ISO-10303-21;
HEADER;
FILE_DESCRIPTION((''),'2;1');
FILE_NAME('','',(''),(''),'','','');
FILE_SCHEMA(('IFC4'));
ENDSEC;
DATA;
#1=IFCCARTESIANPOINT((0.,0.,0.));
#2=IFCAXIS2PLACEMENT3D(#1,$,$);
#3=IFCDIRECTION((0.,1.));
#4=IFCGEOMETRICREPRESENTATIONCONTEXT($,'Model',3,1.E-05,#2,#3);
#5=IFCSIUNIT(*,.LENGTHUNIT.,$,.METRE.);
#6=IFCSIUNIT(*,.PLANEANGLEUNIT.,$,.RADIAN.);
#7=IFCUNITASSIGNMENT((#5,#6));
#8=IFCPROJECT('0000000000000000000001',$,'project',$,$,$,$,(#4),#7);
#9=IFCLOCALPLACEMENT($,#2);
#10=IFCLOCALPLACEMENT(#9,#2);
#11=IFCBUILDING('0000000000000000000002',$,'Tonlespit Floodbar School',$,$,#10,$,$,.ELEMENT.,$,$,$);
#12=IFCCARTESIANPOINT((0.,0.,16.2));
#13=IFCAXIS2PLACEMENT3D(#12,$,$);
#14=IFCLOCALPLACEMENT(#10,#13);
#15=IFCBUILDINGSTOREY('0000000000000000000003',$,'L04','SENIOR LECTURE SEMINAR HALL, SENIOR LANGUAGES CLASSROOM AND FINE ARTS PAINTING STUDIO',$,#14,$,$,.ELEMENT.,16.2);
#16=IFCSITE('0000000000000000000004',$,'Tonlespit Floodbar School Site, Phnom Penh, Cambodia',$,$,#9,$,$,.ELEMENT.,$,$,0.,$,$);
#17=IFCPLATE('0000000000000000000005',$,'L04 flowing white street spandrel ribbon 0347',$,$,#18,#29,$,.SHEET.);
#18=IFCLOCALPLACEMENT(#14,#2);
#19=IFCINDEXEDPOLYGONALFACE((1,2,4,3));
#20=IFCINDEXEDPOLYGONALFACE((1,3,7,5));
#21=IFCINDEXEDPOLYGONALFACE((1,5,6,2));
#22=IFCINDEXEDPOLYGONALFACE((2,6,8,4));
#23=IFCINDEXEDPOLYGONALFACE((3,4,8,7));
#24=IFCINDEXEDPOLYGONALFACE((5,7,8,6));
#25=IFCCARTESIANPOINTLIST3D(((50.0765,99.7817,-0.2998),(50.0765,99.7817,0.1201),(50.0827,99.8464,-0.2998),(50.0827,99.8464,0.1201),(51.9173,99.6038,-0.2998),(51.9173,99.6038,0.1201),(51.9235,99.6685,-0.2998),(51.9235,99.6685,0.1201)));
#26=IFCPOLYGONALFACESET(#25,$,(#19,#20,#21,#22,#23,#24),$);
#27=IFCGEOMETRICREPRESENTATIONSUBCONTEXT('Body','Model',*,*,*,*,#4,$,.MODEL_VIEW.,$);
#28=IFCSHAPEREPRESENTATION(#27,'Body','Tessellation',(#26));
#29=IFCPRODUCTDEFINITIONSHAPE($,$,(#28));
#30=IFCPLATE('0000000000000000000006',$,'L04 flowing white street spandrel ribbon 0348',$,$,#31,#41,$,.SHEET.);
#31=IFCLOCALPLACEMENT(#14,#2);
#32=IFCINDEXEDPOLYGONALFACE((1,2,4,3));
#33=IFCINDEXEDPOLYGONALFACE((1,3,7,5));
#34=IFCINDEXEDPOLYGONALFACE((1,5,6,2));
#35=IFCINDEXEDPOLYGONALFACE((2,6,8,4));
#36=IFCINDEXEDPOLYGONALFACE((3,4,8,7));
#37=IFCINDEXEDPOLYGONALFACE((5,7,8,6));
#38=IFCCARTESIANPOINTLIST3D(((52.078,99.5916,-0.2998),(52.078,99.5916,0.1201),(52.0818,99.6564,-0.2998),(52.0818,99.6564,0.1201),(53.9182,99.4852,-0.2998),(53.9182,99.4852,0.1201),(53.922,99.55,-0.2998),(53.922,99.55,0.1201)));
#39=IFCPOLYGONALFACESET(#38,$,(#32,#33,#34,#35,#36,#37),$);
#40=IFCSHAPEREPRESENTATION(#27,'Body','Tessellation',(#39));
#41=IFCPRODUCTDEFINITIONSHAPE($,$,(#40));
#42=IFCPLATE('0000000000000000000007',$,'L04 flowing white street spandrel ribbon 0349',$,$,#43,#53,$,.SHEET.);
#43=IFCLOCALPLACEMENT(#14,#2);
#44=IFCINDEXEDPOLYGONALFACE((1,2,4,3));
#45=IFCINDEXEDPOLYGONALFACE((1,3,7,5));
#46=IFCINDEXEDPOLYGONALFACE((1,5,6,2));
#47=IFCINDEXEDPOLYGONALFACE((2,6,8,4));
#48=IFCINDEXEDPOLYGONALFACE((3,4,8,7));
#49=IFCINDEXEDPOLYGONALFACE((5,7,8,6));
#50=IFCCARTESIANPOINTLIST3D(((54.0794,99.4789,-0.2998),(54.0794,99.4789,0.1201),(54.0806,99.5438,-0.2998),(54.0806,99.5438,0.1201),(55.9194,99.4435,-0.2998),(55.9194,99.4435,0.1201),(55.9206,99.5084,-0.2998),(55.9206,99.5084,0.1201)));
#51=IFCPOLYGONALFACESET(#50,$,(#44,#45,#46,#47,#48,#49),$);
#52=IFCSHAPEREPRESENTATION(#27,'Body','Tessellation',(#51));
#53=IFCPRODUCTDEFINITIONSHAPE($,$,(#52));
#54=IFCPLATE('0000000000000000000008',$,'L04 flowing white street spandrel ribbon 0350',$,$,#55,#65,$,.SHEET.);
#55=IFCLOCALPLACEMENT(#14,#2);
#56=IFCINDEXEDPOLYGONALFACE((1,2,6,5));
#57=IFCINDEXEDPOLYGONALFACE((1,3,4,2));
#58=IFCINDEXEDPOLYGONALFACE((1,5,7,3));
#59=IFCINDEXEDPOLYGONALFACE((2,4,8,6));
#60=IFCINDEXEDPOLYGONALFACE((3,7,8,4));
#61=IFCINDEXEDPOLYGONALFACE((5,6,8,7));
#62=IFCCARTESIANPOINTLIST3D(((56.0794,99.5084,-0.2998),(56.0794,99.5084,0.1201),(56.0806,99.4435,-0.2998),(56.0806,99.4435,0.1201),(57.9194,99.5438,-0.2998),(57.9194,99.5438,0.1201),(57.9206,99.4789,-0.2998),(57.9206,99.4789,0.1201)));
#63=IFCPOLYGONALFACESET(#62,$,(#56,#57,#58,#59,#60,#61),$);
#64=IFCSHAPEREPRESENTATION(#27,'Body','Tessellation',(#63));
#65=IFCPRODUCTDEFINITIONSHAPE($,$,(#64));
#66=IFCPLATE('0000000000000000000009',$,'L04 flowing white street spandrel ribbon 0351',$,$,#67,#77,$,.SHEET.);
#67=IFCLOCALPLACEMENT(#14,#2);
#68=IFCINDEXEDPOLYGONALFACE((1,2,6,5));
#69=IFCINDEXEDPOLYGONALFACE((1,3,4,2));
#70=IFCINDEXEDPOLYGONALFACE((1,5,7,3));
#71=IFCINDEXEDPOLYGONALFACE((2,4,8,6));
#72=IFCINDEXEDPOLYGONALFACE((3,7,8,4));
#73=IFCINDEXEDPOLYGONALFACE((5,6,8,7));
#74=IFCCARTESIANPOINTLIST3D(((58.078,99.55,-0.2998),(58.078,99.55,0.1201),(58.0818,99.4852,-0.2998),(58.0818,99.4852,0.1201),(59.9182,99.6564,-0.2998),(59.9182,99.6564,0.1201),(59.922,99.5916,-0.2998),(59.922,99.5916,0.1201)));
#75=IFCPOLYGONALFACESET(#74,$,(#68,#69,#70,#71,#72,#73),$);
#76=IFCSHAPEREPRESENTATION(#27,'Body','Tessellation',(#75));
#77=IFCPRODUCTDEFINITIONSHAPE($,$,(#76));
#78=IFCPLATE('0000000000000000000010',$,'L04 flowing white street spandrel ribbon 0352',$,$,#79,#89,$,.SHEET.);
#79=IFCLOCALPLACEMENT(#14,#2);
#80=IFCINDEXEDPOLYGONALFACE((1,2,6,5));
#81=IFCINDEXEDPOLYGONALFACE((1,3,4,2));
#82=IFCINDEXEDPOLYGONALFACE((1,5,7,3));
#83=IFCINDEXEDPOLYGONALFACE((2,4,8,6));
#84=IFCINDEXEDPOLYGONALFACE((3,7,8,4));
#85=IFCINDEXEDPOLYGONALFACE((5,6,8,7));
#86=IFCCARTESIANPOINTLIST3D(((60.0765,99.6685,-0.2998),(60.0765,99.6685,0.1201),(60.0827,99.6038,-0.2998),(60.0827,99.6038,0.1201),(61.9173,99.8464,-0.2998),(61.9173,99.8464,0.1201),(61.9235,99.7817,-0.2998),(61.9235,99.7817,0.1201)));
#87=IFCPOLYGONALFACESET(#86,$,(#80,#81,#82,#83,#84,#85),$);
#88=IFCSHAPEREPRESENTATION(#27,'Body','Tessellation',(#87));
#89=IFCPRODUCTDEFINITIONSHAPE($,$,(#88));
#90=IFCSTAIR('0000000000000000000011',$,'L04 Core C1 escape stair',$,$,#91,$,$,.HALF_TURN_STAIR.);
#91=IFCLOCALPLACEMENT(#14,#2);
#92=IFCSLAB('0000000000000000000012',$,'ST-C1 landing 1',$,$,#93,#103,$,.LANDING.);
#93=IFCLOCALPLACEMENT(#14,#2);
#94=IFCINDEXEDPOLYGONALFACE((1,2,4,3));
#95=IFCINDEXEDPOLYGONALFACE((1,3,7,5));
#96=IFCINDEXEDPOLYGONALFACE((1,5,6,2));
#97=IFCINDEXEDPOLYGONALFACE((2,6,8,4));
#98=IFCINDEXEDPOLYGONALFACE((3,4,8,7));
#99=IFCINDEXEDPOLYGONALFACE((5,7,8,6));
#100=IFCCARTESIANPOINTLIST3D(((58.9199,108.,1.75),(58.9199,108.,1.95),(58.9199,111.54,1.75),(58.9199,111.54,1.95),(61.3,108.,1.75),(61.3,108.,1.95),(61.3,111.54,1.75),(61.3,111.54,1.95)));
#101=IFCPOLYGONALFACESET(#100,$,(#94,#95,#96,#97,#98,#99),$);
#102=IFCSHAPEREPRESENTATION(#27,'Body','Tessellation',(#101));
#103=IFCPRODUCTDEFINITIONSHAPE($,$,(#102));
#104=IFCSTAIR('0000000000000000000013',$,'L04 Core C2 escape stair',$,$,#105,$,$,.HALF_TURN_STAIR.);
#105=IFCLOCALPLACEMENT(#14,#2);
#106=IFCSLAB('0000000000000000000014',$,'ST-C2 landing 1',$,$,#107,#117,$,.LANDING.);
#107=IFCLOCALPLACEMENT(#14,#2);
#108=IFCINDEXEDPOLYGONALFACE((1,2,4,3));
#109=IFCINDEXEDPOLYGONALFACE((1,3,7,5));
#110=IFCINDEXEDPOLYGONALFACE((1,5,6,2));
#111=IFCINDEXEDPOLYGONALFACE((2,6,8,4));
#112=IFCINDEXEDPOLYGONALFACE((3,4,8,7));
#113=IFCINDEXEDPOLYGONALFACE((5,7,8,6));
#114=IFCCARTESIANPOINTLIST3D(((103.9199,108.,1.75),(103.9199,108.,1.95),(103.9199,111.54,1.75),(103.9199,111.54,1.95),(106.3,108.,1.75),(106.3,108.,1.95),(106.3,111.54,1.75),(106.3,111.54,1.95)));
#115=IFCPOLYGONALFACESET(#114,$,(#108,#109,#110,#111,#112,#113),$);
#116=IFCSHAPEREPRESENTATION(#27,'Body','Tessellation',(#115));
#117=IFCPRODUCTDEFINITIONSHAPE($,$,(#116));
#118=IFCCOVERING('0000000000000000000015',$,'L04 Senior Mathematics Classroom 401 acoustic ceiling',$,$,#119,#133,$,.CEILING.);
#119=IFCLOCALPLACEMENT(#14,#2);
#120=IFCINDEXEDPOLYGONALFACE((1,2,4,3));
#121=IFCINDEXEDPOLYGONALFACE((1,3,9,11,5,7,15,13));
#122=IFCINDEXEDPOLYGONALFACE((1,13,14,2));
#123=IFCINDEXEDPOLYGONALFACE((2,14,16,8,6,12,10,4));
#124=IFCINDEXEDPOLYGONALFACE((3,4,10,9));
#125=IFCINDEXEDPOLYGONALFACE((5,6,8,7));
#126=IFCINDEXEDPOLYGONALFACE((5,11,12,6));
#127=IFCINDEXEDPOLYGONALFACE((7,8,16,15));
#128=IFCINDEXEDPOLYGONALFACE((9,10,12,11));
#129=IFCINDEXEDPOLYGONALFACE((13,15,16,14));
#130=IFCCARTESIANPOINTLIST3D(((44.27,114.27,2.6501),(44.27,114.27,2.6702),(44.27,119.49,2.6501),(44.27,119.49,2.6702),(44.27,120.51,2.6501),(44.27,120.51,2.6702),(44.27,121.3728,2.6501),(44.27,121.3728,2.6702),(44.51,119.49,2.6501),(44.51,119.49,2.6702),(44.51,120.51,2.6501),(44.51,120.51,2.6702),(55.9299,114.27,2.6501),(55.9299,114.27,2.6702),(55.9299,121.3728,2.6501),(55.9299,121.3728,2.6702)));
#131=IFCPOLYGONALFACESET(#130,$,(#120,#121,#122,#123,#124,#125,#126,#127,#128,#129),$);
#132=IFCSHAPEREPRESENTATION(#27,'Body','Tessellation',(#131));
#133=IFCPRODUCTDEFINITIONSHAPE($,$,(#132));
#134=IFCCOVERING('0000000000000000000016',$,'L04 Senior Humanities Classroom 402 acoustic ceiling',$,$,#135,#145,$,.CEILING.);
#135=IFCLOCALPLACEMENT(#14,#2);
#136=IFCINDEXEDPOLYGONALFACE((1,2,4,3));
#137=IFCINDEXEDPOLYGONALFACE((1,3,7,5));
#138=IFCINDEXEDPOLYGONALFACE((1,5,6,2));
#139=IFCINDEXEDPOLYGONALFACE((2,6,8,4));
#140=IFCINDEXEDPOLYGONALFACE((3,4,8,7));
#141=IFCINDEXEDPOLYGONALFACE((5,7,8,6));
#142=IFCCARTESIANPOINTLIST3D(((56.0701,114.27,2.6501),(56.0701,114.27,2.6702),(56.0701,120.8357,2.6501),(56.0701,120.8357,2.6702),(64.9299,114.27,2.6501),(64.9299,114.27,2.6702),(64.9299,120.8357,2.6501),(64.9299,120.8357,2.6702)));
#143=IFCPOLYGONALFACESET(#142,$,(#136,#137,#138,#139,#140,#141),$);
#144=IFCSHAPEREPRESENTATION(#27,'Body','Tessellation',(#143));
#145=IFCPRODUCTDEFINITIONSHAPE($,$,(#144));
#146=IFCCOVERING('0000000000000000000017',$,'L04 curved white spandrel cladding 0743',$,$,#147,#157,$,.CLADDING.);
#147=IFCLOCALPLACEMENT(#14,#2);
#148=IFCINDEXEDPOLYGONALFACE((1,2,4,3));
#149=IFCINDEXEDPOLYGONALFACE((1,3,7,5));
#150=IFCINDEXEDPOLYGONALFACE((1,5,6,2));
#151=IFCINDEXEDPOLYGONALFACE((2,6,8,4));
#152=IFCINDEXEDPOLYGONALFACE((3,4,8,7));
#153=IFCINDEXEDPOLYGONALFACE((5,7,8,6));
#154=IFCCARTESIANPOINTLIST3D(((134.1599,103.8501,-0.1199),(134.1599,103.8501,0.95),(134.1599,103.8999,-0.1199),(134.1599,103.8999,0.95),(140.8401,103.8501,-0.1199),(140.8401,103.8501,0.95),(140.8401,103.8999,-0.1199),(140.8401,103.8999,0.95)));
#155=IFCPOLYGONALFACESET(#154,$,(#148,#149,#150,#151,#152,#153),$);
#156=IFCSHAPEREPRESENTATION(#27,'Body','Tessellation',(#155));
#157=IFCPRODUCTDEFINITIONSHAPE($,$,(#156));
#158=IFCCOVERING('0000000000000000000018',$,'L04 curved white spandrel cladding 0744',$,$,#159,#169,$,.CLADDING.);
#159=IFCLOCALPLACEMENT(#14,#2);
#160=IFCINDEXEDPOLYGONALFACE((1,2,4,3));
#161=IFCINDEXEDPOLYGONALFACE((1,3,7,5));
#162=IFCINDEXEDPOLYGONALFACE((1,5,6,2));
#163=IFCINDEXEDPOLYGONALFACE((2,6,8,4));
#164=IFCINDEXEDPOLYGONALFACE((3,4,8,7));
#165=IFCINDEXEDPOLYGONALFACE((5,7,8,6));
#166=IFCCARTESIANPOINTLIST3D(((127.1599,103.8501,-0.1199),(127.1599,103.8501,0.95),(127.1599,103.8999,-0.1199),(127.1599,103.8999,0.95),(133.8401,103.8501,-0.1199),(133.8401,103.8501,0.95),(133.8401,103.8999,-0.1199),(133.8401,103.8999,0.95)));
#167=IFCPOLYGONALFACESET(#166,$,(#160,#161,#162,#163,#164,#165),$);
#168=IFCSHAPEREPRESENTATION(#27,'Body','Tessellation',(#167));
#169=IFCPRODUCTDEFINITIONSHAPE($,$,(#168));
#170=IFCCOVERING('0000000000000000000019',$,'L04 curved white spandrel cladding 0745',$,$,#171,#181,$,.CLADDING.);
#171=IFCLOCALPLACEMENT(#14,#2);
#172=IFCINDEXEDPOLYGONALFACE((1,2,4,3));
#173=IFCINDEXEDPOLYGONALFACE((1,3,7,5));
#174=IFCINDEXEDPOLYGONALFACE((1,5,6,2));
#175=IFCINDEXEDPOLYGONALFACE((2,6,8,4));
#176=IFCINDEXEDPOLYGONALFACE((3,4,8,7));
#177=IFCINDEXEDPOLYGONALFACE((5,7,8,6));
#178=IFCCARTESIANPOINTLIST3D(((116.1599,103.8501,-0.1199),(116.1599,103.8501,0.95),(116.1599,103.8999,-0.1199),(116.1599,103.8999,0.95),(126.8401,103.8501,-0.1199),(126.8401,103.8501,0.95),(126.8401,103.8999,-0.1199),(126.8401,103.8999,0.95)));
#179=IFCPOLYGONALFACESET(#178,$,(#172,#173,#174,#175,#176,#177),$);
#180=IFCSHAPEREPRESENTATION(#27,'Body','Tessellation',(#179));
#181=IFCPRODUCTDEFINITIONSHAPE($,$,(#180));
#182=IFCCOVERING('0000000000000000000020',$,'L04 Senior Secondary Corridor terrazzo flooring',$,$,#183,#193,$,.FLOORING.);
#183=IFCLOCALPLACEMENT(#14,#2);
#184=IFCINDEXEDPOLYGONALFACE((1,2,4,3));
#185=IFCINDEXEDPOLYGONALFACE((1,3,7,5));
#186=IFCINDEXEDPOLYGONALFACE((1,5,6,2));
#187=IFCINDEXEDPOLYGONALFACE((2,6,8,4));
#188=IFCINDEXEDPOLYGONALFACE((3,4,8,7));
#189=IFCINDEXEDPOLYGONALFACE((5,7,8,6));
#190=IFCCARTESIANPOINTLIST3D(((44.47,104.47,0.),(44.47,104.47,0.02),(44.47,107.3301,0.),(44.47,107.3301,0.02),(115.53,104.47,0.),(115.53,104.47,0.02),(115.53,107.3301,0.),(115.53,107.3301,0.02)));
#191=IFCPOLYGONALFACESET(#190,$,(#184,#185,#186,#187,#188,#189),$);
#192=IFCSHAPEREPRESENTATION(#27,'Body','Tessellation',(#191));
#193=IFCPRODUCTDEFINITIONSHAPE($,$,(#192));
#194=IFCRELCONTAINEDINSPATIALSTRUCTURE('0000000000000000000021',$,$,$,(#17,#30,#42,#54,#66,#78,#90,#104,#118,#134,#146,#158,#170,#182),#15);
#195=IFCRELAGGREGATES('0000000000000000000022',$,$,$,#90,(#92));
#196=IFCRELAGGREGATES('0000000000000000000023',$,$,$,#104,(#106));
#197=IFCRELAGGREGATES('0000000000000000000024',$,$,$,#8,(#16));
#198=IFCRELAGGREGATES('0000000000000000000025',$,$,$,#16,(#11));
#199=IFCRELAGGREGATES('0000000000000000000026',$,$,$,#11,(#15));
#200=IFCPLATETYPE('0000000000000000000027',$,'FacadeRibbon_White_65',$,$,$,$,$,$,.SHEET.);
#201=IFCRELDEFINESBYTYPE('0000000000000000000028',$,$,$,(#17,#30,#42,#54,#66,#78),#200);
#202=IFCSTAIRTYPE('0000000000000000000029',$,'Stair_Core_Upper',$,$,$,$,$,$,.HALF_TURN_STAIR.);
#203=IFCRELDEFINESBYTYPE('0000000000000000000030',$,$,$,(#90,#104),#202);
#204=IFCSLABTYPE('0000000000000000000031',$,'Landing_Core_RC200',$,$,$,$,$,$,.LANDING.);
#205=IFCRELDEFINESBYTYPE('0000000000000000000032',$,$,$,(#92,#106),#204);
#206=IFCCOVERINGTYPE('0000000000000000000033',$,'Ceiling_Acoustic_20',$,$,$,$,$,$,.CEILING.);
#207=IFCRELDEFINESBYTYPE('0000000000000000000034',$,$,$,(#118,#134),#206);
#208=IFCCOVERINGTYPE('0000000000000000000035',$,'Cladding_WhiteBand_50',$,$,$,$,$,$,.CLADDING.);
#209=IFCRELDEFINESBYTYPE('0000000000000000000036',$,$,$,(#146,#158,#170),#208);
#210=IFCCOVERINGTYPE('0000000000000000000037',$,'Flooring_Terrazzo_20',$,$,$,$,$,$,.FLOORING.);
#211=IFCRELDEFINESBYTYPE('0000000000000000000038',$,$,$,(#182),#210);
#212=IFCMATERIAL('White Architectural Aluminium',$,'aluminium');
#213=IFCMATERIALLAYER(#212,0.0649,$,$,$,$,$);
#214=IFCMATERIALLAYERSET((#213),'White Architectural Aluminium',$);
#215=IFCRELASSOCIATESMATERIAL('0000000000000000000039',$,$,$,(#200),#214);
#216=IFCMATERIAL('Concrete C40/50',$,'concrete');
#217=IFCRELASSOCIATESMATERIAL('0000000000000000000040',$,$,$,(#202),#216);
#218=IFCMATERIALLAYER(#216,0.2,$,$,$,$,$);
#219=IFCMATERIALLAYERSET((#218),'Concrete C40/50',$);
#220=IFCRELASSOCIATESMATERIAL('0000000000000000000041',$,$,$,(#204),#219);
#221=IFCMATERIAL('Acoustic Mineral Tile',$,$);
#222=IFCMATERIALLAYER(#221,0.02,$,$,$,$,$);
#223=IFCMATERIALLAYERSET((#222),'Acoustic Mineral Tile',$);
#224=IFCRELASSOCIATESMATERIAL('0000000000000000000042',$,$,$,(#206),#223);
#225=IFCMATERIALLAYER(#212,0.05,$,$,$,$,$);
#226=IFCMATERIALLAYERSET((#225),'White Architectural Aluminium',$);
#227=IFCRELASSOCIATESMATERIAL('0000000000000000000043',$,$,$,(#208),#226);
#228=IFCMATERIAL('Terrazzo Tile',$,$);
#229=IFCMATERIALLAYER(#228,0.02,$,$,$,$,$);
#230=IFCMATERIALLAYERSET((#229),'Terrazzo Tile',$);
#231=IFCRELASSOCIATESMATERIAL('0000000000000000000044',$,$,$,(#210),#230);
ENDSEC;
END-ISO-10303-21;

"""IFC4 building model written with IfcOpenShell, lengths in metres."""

from ifc_helpers import new_model, si_unit, direction, frame, origin, origin_2d, place, context, subcontext, project, spatial, polyline, rectangle, outline, extrude, material, layer, layer_set, type_object, element, aggregate, save


model = new_model("IFC4")

# Units and contexts
model_context = context("Model", 3, precision=1e-05, world=origin(), true_north=direction((0.0, 1.0)))
body_context = subcontext(model_context, "Body", "Model", "MODEL_VIEW")
ifc_project = project(units=[si_unit("LENGTHUNIT", "METRE"), si_unit("PLANEANGLEUNIT", "RADIAN")], contexts=[model_context])

# Site, building, storey
site_placement = place(None, origin())
site = spatial("IfcSite", under=ifc_project, at=site_placement, Name="Tonlespit Floodbar School Site, Phnom Penh, Cambodia", CompositionType="ELEMENT", RefElevation=0.0)
building_placement = place(site_placement, origin())
building = spatial("IfcBuilding", under=site, at=building_placement, Name="Tonlespit Floodbar School", CompositionType="ELEMENT")
storey_placement = place(building_placement, frame((0.0, 0.0, 16.2)))
storey = spatial("IfcBuildingStorey", under=building, at=storey_placement, Name="L04", Description="SENIOR LECTURE SEMINAR HALL, SENIOR LANGUAGES CLASSROOM AND FINE ARTS PAINTING STUDIO", CompositionType="ELEMENT", Elevation=16.2)

# Plates
ifc_material_1 = material(Name="White Architectural Aluminium", Category="aluminium")
ifc_layer_1 = layer(ifc_material_1, 0.0649)
ifc_layer_set_1 = layer_set([ifc_layer_1], Name="White Architectural Aluminium")
plate_type = type_object("IfcPlateType", Name="FacadeRibbon_White_65", PredefinedType="SHEET", material=ifc_layer_set_1)
plate_1_placement = place(storey_placement, frame((51.0, 99.7251, -0.2998), z_axis=(0.0, 0.0, 1.0), x_axis=(0.995362, -0.096202, 0.0)))
element("IfcPlate", 1, at=plate_1_placement, inside=storey, type_object=plate_type, Name="L04 flowing white street spandrel ribbon 0347", PredefinedType="SHEET", context=body_context, shape_type="SweptSolid", body=[
    extrude(rectangle(XDim=1.8494, YDim=0.0649, at=origin_2d()), origin(), (0.0, 0.0, 1.0), 0.4199),
])
plate_2_placement = place(storey_placement, frame((53.0, 99.5708, -0.2998), z_axis=(0.0, 0.0, 1.0), x_axis=(0.998334, -0.057703, 0.0)))
element("IfcPlate", 2, at=plate_2_placement, inside=storey, type_object=plate_type, Name="L04 flowing white street spandrel ribbon 0348", PredefinedType="SHEET", context=body_context, shape_type="SweptSolid", body=[
    extrude(rectangle(XDim=1.8433, YDim=0.0649, at=origin_2d()), origin(), (0.0, 0.0, 1.0), 0.4199),
])
for number, where, z_axis, x_axis, name in (
    (3, (55.0, 99.4937, -0.2998), (0.0, 0.0, 1.0), (0.999815, -0.019246, 0.0), "L04 flowing white street spandrel ribbon 0349"),
    (4, (57.0, 99.4937, -0.2998), (0.0, 0.0, 1.0), (0.999815, 0.019246, 0.0), "L04 flowing white street spandrel ribbon 0350"),
):
    element("IfcPlate", number, at=place(storey_placement, frame(where, z_axis=z_axis, x_axis=x_axis)), inside=storey, type_object=plate_type, Name=name, PredefinedType="SHEET", context=body_context, shape_type="SweptSolid", body=[
        extrude(rectangle(XDim=1.8403, YDim=0.0649, at=origin_2d()), origin(), (0.0, 0.0, 1.0), 0.4199),
    ])
plate_3_placement = place(storey_placement, frame((59.0, 99.5708, -0.2998), z_axis=(0.0, 0.0, 1.0), x_axis=(0.998334, 0.057703, 0.0)))
element("IfcPlate", 5, at=plate_3_placement, inside=storey, type_object=plate_type, Name="L04 flowing white street spandrel ribbon 0351", PredefinedType="SHEET", context=body_context, shape_type="SweptSolid", body=[
    extrude(rectangle(XDim=1.8433, YDim=0.0649, at=origin_2d()), origin(), (0.0, 0.0, 1.0), 0.4199),
])
plate_4_placement = place(storey_placement, frame((61.0, 99.7251, -0.2998), z_axis=(0.0, 0.0, 1.0), x_axis=(0.995362, 0.096202, 0.0)))
element("IfcPlate", 6, at=plate_4_placement, inside=storey, type_object=plate_type, Name="L04 flowing white street spandrel ribbon 0352", PredefinedType="SHEET", context=body_context, shape_type="SweptSolid", body=[
    extrude(rectangle(XDim=1.8494, YDim=0.0649, at=origin_2d()), origin(), (0.0, 0.0, 1.0), 0.4199),
])

# Stairs, slabs
ifc_material_2 = material(Name="Concrete C40/50", Category="concrete")
stair_type = type_object("IfcStairType", Name="Stair_Core_Upper", PredefinedType="HALF_TURN_STAIR", material=ifc_material_2)
stair_1_placement = place(storey_placement, origin())
stair_1 = element("IfcStair", 7, at=stair_1_placement, inside=storey, type_object=stair_type, Name="L04 Core C1 escape stair", PredefinedType="HALF_TURN_STAIR")
ifc_layer_2 = layer(ifc_material_2, 0.2)
ifc_layer_set_2 = layer_set([ifc_layer_2], Name="Concrete C40/50")
slab_type = type_object("IfcSlabType", Name="Landing_Core_RC200", PredefinedType="LANDING", material=ifc_layer_set_2)
slab_1_placement = place(storey_placement, frame((0.0, 0.0, 1.75)))
slab_1 = element("IfcSlab", 8, at=slab_1_placement, type_object=slab_type, Name="ST-C1 landing 1", PredefinedType="LANDING", context=body_context, shape_type="SweptSolid", body=[
    extrude(outline(polyline([(58.9199, 108.0), (61.3, 108.0), (61.3, 111.54), (58.9199, 111.54), (58.9199, 108.0)])), origin(), (0.0, 0.0, 1.0), 0.2),
])
aggregate(stair_1, [slab_1])
stair_2_placement = place(storey_placement, origin())
stair_2 = element("IfcStair", 9, at=stair_2_placement, inside=storey, type_object=stair_type, Name="L04 Core C2 escape stair", PredefinedType="HALF_TURN_STAIR")
slab_2_placement = place(storey_placement, frame((0.0, 0.0, 1.75)))
slab_2 = element("IfcSlab", 10, at=slab_2_placement, type_object=slab_type, Name="ST-C2 landing 1", PredefinedType="LANDING", context=body_context, shape_type="SweptSolid", body=[
    extrude(outline(polyline([(103.9199, 108.0), (106.3, 108.0), (106.3, 111.54), (103.9199, 111.54), (103.9199, 108.0)])), origin(), (0.0, 0.0, 1.0), 0.2),
])
aggregate(stair_2, [slab_2])

# Coverings
ifc_material_3 = material(Name="Acoustic Mineral Tile")
ifc_layer_3 = layer(ifc_material_3, 0.02)
ifc_layer_set_3 = layer_set([ifc_layer_3], Name="Acoustic Mineral Tile")
covering_type_1 = type_object("IfcCoveringType", Name="Ceiling_Acoustic_20", PredefinedType="CEILING", material=ifc_layer_set_3)
covering_1_placement = place(storey_placement, frame((0.0, 0.0, 2.6501)))
element("IfcCovering", 11, at=covering_1_placement, inside=storey, type_object=covering_type_1, Name="L04 Senior Mathematics Classroom 401 acoustic ceiling", PredefinedType="CEILING", context=body_context, shape_type="SweptSolid", body=[
    extrude(outline(polyline([(44.27, 121.3728), (55.9299, 121.3728), (55.9299, 114.27), (44.27, 114.27), (44.27, 119.49), (44.51, 119.49), (44.51, 120.51), (44.27, 120.51), (44.27, 121.3728)])), origin(), (0.0, 0.0, 1.0), 0.02),
])
covering_2_placement = place(storey_placement, frame((0.0, 0.0, 2.6501)))
element("IfcCovering", 12, at=covering_2_placement, inside=storey, type_object=covering_type_1, Name="L04 Senior Humanities Classroom 402 acoustic ceiling", PredefinedType="CEILING", context=body_context, shape_type="SweptSolid", body=[
    extrude(outline(polyline([(56.0701, 120.8357), (64.9299, 120.8357), (64.9299, 114.27), (56.0701, 114.27), (56.0701, 120.8357)])), origin(), (0.0, 0.0, 1.0), 0.02),
])
ifc_layer_4 = layer(ifc_material_1, 0.05)
ifc_layer_set_4 = layer_set([ifc_layer_4], Name="White Architectural Aluminium")
covering_type_2 = type_object("IfcCoveringType", Name="Cladding_WhiteBand_50", PredefinedType="CLADDING", material=ifc_layer_set_4)
covering_3_placement = place(storey_placement, frame((0.0, 0.0, -0.1199)))
element("IfcCovering", 13, at=covering_3_placement, inside=storey, type_object=covering_type_2, Name="L04 curved white spandrel cladding 0743", PredefinedType="CLADDING", context=body_context, shape_type="SweptSolid", body=[
    extrude(outline(polyline([(140.8401, 103.8999), (134.1599, 103.8999), (134.1599, 103.8501), (140.8401, 103.8501), (140.8401, 103.8999)])), origin(), (0.0, 0.0, 1.0), 1.0698),
])
covering_4_placement = place(storey_placement, frame((0.0, 0.0, -0.1199)))
element("IfcCovering", 14, at=covering_4_placement, inside=storey, type_object=covering_type_2, Name="L04 curved white spandrel cladding 0744", PredefinedType="CLADDING", context=body_context, shape_type="SweptSolid", body=[
    extrude(outline(polyline([(133.8401, 103.8999), (127.1599, 103.8999), (127.1599, 103.8501), (133.8401, 103.8501), (133.8401, 103.8999)])), origin(), (0.0, 0.0, 1.0), 1.0698),
])
covering_5_placement = place(storey_placement, frame((0.0, 0.0, -0.1199)))
element("IfcCovering", 15, at=covering_5_placement, inside=storey, type_object=covering_type_2, Name="L04 curved white spandrel cladding 0745", PredefinedType="CLADDING", context=body_context, shape_type="SweptSolid", body=[
    extrude(outline(polyline([(126.8401, 103.8999), (116.1599, 103.8999), (116.1599, 103.8501), (126.8401, 103.8501), (126.8401, 103.8999)])), origin(), (0.0, 0.0, 1.0), 1.0698),
])
ifc_material_4 = material(Name="Terrazzo Tile")
ifc_layer_5 = layer(ifc_material_4, 0.02)
ifc_layer_set_5 = layer_set([ifc_layer_5], Name="Terrazzo Tile")
covering_type_3 = type_object("IfcCoveringType", Name="Flooring_Terrazzo_20", PredefinedType="FLOORING", material=ifc_layer_set_5)
covering_6_placement = place(storey_placement, origin())
element("IfcCovering", 16, at=covering_6_placement, inside=storey, type_object=covering_type_3, Name="L04 Senior Secondary Corridor terrazzo flooring", PredefinedType="FLOORING", context=body_context, shape_type="SweptSolid", body=[
    extrude(outline(polyline([(115.53, 107.3301), (115.53, 104.47), (44.47, 104.47), (44.47, 107.3301), (115.53, 107.3301)])), origin(), (0.0, 0.0, 1.0), 0.02),
])

save(model, "model.ifc")
